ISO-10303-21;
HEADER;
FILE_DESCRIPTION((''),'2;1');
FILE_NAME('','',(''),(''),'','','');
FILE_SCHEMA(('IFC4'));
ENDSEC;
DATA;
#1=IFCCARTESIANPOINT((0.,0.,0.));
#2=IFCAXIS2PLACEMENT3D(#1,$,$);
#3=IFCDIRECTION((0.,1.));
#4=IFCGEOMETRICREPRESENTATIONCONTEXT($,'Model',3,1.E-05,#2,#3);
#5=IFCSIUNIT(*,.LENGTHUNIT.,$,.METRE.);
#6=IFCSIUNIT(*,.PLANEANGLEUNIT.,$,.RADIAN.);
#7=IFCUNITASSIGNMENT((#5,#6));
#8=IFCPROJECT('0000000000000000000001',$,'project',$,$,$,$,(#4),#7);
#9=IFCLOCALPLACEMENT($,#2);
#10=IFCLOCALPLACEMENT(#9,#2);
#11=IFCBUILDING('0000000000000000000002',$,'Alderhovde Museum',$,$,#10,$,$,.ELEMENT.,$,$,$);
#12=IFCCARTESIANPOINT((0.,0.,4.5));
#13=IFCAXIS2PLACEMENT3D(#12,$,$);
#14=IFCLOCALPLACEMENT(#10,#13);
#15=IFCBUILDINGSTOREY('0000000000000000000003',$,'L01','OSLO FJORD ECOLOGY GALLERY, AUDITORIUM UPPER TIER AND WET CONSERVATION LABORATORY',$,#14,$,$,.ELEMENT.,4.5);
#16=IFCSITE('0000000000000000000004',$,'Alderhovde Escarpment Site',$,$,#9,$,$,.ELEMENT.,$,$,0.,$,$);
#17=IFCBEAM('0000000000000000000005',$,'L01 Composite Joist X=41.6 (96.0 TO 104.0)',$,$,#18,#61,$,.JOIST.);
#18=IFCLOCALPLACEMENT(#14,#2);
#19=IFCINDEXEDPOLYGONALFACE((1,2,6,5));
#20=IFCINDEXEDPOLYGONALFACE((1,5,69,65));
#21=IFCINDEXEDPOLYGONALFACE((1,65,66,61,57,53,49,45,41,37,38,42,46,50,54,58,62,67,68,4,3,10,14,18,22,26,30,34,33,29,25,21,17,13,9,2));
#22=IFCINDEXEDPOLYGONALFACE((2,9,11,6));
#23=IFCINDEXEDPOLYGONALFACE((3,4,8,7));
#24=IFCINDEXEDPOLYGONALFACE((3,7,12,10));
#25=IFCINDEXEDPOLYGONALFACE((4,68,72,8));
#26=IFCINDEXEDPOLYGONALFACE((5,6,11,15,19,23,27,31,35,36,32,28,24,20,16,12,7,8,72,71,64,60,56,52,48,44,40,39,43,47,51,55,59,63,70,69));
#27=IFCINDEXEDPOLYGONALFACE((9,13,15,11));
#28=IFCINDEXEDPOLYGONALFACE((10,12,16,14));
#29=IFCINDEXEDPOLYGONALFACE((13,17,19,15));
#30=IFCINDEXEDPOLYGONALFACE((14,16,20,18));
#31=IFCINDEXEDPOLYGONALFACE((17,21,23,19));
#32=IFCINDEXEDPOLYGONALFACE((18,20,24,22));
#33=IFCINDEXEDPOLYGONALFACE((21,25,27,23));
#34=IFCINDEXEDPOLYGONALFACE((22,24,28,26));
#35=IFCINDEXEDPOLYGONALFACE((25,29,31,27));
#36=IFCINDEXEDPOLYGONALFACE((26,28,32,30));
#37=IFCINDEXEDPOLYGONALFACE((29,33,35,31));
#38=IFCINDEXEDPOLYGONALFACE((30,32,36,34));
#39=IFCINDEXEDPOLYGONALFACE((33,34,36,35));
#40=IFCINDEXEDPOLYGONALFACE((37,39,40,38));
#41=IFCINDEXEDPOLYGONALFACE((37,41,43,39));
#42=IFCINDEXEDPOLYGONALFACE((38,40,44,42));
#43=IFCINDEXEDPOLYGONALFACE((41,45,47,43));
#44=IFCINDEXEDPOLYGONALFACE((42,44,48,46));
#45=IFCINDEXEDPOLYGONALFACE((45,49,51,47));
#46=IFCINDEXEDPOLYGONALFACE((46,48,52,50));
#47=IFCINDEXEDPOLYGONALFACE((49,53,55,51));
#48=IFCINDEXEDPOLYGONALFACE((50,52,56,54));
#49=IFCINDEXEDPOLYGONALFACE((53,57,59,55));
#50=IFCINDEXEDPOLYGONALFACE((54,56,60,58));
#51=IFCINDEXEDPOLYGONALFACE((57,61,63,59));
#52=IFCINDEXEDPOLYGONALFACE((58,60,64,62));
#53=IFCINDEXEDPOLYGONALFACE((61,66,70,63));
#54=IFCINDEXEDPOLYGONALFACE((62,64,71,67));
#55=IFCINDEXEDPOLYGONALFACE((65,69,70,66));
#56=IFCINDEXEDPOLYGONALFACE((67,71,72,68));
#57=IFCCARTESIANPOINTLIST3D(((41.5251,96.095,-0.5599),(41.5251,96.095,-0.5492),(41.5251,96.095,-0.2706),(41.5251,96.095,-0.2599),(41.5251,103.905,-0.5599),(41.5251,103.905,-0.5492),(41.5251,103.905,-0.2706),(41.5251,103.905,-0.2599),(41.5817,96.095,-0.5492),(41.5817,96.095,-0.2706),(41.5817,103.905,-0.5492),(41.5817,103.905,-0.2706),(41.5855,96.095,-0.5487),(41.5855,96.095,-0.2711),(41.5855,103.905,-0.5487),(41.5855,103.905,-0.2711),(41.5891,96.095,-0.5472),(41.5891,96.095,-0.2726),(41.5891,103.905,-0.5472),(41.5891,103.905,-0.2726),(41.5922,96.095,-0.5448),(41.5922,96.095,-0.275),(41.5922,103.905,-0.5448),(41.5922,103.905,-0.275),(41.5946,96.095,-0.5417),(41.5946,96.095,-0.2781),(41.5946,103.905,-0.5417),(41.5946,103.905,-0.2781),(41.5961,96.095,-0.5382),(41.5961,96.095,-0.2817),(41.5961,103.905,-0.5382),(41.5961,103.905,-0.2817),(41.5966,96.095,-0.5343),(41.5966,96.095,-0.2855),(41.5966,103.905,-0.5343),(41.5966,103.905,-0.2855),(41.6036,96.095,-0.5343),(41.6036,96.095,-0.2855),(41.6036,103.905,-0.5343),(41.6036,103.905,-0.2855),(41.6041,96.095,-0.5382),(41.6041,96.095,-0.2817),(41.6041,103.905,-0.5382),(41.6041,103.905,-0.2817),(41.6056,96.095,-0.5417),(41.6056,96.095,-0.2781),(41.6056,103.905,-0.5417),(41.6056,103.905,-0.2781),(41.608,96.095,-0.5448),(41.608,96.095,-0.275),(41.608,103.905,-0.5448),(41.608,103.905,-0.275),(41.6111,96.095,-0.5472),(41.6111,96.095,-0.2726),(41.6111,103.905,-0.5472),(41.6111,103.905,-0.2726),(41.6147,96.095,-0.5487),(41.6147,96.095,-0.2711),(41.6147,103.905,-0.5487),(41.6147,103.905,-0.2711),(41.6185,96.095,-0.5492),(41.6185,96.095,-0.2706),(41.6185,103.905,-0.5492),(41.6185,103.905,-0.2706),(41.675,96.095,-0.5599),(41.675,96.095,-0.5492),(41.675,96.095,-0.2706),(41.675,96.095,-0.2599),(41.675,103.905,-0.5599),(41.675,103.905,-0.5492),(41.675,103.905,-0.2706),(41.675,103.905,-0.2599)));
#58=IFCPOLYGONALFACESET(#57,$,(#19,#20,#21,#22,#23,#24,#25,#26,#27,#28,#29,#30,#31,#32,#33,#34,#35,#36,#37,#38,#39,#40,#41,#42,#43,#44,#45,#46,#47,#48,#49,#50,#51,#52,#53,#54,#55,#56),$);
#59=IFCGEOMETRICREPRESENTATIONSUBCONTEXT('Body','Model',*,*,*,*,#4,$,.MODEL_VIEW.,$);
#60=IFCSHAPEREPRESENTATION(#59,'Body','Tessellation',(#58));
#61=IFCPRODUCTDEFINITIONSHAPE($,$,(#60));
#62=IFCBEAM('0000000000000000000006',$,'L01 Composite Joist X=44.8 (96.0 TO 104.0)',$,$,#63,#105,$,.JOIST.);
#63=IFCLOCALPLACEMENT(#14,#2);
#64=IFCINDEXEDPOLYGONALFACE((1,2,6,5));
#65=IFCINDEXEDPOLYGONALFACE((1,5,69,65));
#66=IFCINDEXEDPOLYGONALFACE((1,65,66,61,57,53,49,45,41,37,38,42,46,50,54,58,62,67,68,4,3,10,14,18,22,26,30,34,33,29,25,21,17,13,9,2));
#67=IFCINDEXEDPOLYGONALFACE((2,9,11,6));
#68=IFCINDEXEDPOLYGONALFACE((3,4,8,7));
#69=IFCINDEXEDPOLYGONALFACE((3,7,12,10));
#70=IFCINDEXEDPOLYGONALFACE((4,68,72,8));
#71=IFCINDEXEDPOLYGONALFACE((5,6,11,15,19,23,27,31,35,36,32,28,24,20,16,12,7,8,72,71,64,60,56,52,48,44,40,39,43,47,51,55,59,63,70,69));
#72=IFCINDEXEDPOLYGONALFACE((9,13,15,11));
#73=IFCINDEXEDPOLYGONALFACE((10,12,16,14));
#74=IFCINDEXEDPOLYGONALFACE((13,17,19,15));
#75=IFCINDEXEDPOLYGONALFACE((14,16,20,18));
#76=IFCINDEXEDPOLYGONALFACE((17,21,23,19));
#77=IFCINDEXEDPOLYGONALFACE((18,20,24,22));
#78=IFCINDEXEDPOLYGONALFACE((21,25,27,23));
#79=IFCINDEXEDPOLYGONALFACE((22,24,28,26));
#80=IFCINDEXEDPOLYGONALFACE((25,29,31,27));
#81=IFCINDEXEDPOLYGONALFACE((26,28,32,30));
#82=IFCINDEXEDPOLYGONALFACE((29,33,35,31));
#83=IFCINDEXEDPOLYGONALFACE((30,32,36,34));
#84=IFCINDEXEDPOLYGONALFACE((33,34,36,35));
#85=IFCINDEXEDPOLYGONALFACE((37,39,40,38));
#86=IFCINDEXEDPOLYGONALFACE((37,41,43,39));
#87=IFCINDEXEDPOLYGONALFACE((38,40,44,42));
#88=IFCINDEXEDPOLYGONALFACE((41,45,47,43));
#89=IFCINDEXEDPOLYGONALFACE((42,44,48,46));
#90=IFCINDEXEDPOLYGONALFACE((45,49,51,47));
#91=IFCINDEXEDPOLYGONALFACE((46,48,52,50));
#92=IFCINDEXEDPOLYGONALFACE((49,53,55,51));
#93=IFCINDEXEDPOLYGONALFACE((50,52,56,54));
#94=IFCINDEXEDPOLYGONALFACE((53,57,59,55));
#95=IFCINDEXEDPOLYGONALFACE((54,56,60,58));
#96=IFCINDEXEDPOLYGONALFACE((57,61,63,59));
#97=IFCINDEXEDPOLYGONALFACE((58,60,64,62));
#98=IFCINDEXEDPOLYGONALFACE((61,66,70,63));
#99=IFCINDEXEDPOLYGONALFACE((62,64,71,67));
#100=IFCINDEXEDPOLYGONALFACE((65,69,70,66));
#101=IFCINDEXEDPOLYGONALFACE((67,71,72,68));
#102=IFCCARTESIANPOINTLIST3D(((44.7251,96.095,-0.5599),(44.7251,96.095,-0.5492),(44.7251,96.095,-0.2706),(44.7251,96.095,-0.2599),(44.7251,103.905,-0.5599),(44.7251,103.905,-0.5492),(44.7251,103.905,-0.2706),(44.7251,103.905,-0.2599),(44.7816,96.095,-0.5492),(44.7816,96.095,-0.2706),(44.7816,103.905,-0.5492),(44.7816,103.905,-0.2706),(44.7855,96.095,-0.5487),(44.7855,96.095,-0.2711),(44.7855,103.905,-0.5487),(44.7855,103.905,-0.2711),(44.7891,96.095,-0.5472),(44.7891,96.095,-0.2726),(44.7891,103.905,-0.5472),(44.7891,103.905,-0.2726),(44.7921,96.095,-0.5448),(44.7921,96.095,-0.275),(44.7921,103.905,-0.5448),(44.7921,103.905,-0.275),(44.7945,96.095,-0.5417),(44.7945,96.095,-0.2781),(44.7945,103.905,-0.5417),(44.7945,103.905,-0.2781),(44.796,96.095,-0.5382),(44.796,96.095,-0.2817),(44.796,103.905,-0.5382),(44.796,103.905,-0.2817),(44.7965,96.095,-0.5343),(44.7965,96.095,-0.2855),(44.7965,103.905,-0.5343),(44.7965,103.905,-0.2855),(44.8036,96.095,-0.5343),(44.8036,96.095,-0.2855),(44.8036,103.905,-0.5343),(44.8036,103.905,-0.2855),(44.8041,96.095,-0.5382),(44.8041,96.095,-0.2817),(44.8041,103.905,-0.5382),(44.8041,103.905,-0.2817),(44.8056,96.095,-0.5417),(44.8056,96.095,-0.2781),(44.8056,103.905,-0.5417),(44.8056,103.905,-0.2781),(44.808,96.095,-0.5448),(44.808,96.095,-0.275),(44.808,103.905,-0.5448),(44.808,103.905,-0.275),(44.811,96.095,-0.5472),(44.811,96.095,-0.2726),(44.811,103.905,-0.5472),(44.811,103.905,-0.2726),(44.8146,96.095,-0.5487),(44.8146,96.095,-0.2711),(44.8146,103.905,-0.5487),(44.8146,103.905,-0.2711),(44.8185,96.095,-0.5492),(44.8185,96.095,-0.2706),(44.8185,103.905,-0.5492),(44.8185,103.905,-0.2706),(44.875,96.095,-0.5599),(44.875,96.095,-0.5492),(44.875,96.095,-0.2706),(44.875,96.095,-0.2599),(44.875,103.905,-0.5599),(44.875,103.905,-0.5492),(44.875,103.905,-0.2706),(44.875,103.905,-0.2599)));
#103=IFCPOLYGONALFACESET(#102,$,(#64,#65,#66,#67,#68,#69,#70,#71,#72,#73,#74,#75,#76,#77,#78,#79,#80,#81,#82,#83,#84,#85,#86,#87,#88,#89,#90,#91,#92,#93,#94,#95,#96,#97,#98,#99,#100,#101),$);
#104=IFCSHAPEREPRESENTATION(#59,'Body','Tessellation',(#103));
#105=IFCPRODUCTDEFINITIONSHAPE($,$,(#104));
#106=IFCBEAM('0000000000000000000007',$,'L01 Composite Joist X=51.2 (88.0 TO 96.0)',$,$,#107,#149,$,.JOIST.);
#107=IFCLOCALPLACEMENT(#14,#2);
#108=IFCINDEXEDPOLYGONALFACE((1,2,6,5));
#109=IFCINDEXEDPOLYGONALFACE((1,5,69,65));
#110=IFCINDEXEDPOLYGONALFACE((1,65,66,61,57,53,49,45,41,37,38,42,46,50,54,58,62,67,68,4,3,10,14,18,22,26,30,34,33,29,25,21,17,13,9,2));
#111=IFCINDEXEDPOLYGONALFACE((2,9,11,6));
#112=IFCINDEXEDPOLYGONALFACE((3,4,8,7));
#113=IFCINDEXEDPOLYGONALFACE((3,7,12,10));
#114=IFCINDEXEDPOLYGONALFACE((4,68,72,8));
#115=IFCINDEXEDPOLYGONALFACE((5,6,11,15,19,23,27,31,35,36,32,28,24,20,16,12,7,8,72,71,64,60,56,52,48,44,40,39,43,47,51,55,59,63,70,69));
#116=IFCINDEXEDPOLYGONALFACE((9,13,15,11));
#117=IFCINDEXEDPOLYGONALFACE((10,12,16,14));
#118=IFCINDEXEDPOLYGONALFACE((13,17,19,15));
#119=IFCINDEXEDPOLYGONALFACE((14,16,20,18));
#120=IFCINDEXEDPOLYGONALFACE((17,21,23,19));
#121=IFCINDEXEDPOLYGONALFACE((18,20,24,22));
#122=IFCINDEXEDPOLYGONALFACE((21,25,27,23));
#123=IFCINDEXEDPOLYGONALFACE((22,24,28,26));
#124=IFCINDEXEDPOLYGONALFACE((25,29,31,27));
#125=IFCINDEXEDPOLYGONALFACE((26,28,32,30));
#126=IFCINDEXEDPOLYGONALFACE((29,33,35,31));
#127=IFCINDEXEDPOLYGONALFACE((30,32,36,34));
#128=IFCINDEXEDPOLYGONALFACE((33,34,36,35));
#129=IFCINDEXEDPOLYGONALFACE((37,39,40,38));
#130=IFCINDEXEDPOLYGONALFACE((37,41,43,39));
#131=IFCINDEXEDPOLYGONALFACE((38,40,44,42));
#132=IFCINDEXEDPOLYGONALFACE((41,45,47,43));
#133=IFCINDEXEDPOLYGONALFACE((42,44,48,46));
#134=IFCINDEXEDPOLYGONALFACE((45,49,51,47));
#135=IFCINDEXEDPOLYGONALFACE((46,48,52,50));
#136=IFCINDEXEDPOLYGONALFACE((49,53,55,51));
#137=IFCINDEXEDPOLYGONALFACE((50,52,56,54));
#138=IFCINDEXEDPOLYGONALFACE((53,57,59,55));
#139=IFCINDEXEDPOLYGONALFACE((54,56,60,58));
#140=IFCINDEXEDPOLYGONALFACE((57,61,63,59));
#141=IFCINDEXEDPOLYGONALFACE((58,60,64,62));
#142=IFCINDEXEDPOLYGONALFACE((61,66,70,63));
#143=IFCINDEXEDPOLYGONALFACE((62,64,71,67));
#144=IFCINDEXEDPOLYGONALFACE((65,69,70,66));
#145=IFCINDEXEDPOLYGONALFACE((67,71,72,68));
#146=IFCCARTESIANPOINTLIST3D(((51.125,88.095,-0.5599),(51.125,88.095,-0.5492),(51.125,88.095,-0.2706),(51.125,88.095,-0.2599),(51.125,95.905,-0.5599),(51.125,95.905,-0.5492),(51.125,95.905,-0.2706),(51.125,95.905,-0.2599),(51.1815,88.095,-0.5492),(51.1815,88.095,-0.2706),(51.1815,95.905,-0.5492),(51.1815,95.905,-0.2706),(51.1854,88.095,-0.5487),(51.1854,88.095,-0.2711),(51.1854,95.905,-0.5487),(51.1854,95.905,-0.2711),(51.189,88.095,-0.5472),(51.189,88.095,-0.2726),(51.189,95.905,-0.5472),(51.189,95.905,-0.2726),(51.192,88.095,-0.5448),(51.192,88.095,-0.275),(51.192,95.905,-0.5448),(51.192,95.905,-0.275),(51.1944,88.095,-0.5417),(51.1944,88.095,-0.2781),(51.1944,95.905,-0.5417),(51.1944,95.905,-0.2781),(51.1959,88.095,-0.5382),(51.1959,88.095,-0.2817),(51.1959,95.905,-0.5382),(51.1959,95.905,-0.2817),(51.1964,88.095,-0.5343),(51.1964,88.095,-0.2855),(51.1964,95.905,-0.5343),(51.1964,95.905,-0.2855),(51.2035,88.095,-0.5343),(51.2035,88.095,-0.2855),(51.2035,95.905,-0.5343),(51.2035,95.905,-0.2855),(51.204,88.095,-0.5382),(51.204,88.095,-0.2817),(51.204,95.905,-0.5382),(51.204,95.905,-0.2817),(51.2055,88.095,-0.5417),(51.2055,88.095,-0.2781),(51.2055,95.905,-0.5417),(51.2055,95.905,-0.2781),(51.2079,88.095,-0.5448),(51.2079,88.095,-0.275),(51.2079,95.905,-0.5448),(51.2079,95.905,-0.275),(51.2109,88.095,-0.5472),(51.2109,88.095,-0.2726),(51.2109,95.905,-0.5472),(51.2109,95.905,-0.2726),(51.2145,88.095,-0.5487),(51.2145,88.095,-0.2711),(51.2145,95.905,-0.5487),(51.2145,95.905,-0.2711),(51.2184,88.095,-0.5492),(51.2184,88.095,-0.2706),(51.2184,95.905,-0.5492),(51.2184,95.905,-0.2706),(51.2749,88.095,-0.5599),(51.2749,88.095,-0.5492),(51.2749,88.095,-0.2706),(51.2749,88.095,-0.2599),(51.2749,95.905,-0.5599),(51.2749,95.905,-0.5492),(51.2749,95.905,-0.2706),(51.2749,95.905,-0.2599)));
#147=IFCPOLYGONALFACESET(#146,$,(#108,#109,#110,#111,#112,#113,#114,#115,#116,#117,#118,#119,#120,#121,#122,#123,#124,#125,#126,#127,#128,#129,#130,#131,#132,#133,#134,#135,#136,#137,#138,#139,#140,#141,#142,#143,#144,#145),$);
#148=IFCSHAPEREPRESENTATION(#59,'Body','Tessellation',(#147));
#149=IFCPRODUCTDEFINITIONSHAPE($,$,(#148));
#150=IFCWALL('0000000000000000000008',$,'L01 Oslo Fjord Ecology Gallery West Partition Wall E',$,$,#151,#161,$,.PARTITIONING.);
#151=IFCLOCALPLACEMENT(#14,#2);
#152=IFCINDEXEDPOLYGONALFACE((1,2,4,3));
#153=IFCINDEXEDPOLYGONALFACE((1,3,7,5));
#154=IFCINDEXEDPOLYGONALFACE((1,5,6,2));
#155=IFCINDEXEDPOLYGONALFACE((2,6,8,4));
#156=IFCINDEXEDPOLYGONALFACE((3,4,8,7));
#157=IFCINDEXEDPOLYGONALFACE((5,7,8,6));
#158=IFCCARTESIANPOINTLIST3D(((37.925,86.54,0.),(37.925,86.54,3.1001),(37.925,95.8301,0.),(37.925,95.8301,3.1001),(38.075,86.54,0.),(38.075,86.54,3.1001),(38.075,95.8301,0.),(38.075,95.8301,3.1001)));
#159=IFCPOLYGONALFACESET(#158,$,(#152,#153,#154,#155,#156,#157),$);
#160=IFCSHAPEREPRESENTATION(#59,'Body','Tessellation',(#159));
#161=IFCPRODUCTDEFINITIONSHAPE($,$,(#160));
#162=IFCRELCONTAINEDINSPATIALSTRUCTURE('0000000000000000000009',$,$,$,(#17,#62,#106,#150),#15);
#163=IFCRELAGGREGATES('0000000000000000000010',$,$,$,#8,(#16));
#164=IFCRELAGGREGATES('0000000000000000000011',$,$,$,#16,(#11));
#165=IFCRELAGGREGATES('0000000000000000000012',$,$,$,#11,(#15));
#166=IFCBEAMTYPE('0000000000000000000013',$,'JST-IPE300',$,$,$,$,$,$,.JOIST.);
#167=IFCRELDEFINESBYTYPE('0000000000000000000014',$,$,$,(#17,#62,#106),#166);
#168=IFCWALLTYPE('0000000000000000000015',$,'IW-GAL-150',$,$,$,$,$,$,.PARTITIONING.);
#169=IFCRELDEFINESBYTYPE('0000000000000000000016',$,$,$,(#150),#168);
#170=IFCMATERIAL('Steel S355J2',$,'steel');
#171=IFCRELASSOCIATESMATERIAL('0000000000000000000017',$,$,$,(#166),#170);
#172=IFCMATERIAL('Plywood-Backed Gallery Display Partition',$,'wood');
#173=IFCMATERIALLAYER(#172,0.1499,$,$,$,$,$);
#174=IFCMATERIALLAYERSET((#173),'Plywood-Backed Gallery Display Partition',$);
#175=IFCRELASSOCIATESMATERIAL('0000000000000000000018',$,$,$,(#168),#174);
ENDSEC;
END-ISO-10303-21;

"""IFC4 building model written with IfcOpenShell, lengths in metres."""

from ifc_helpers import new_model, si_unit, direction, frame, frame_2d, origin, origin_2d, place, context, subcontext, project, spatial, rectangle, i_section, extrude, material, layer, layer_set, material_profile, profile_set, type_object, element, save


model = new_model("IFC4")

# Units and contexts
model_context = context("Model", 3, precision=1e-05, world=origin(), true_north=direction((0.0, 1.0)))
body_context = subcontext(model_context, "Body", "Model", "MODEL_VIEW")
ifc_project = project(units=[si_unit("LENGTHUNIT", "METRE"), si_unit("PLANEANGLEUNIT", "RADIAN")], contexts=[model_context])

# Site, building, storey
site_placement = place(None, origin())
site = spatial("IfcSite", under=ifc_project, at=site_placement, Name="Alderhovde Escarpment Site", CompositionType="ELEMENT", RefElevation=0.0)
building_placement = place(site_placement, origin())
building = spatial("IfcBuilding", under=site, at=building_placement, Name="Alderhovde Museum", CompositionType="ELEMENT")
storey_placement = place(building_placement, frame((0.0, 0.0, 4.5)))
storey = spatial("IfcBuildingStorey", under=building, at=storey_placement, Name="L01", Description="OSLO FJORD ECOLOGY GALLERY, AUDITORIUM UPPER TIER AND WET CONSERVATION LABORATORY", CompositionType="ELEMENT", Elevation=4.5)

# Beams
ifc_material_1 = material(Name="Steel S355J2", Category="steel")
ifc_material_profile_1 = material_profile(ifc_material_1, i_section(OverallWidth=0.1499, OverallDepth=0.3, WebThickness=0.0071, FlangeThickness=0.0107, FilletRadius=0.0149, at=origin_2d()), Name="IPE 300")
ifc_profile_set_1 = profile_set([ifc_material_profile_1], Name="Steel S355J2")
beam_type_1 = type_object("IfcBeamType", Name="JST-IPE300", PredefinedType="JOIST", material=ifc_profile_set_1)
for number, where, z_axis, x_axis, name in (
    (1, (41.6001, 96.095, -0.4099), (0.0, 1.0, 0.0), (-1.0, 0.0, 0.0), "L01 Composite Joist X=41.6 (96.0 TO 104.0)"),
    (2, (44.8, 96.095, -0.4099), (0.0, 1.0, 0.0), (-1.0, 0.0, 0.0), "L01 Composite Joist X=44.8 (96.0 TO 104.0)"),
    (3, (51.2, 88.095, -0.4099), (0.0, 1.0, 0.0), (-1.0, 0.0, 0.0), "L01 Composite Joist X=51.2 (88.0 TO 96.0)"),
):
    element("IfcBeam", number, at=place(storey_placement, frame(where, z_axis=z_axis, x_axis=x_axis)), inside=storey, type_object=beam_type_1, Name=name, PredefinedType="JOIST", context=body_context, shape_type="SweptSolid", body=[
        extrude(i_section(OverallWidth=0.1499, OverallDepth=0.3, WebThickness=0.0071, FlangeThickness=0.0107, FilletRadius=0.0149, at=origin_2d()), origin(), (0.0, 0.0, 1.0), 7.8101),
    ])

# Wall
ifc_material_2 = material(Name="Plywood-Backed Gallery Display Partition", Category="wood")
ifc_layer = layer(ifc_material_2, 0.1499)
ifc_layer_set = layer_set([ifc_layer], Name="Plywood-Backed Gallery Display Partition")
wall_type = type_object("IfcWallType", Name="IW-GAL-150", PredefinedType="PARTITIONING", material=ifc_layer_set)
wall_placement = place(storey_placement, frame((38.0, 86.54, 0.0), z_axis=(0.0, 0.0, 1.0), x_axis=(0.0, 1.0, 0.0)))
element("IfcWall", 4, at=wall_placement, inside=storey, type_object=wall_type, Name="L01 Oslo Fjord Ecology Gallery West Partition Wall E", PredefinedType="PARTITIONING", context=body_context, shape_type="SweptSolid", body=[
    extrude(rectangle(XDim=9.29, YDim=0.1499, at=frame_2d((4.645, 0.0))), origin(), (0.0, 0.0, 1.0), 3.1001),
])

save(model, "model.ifc")
